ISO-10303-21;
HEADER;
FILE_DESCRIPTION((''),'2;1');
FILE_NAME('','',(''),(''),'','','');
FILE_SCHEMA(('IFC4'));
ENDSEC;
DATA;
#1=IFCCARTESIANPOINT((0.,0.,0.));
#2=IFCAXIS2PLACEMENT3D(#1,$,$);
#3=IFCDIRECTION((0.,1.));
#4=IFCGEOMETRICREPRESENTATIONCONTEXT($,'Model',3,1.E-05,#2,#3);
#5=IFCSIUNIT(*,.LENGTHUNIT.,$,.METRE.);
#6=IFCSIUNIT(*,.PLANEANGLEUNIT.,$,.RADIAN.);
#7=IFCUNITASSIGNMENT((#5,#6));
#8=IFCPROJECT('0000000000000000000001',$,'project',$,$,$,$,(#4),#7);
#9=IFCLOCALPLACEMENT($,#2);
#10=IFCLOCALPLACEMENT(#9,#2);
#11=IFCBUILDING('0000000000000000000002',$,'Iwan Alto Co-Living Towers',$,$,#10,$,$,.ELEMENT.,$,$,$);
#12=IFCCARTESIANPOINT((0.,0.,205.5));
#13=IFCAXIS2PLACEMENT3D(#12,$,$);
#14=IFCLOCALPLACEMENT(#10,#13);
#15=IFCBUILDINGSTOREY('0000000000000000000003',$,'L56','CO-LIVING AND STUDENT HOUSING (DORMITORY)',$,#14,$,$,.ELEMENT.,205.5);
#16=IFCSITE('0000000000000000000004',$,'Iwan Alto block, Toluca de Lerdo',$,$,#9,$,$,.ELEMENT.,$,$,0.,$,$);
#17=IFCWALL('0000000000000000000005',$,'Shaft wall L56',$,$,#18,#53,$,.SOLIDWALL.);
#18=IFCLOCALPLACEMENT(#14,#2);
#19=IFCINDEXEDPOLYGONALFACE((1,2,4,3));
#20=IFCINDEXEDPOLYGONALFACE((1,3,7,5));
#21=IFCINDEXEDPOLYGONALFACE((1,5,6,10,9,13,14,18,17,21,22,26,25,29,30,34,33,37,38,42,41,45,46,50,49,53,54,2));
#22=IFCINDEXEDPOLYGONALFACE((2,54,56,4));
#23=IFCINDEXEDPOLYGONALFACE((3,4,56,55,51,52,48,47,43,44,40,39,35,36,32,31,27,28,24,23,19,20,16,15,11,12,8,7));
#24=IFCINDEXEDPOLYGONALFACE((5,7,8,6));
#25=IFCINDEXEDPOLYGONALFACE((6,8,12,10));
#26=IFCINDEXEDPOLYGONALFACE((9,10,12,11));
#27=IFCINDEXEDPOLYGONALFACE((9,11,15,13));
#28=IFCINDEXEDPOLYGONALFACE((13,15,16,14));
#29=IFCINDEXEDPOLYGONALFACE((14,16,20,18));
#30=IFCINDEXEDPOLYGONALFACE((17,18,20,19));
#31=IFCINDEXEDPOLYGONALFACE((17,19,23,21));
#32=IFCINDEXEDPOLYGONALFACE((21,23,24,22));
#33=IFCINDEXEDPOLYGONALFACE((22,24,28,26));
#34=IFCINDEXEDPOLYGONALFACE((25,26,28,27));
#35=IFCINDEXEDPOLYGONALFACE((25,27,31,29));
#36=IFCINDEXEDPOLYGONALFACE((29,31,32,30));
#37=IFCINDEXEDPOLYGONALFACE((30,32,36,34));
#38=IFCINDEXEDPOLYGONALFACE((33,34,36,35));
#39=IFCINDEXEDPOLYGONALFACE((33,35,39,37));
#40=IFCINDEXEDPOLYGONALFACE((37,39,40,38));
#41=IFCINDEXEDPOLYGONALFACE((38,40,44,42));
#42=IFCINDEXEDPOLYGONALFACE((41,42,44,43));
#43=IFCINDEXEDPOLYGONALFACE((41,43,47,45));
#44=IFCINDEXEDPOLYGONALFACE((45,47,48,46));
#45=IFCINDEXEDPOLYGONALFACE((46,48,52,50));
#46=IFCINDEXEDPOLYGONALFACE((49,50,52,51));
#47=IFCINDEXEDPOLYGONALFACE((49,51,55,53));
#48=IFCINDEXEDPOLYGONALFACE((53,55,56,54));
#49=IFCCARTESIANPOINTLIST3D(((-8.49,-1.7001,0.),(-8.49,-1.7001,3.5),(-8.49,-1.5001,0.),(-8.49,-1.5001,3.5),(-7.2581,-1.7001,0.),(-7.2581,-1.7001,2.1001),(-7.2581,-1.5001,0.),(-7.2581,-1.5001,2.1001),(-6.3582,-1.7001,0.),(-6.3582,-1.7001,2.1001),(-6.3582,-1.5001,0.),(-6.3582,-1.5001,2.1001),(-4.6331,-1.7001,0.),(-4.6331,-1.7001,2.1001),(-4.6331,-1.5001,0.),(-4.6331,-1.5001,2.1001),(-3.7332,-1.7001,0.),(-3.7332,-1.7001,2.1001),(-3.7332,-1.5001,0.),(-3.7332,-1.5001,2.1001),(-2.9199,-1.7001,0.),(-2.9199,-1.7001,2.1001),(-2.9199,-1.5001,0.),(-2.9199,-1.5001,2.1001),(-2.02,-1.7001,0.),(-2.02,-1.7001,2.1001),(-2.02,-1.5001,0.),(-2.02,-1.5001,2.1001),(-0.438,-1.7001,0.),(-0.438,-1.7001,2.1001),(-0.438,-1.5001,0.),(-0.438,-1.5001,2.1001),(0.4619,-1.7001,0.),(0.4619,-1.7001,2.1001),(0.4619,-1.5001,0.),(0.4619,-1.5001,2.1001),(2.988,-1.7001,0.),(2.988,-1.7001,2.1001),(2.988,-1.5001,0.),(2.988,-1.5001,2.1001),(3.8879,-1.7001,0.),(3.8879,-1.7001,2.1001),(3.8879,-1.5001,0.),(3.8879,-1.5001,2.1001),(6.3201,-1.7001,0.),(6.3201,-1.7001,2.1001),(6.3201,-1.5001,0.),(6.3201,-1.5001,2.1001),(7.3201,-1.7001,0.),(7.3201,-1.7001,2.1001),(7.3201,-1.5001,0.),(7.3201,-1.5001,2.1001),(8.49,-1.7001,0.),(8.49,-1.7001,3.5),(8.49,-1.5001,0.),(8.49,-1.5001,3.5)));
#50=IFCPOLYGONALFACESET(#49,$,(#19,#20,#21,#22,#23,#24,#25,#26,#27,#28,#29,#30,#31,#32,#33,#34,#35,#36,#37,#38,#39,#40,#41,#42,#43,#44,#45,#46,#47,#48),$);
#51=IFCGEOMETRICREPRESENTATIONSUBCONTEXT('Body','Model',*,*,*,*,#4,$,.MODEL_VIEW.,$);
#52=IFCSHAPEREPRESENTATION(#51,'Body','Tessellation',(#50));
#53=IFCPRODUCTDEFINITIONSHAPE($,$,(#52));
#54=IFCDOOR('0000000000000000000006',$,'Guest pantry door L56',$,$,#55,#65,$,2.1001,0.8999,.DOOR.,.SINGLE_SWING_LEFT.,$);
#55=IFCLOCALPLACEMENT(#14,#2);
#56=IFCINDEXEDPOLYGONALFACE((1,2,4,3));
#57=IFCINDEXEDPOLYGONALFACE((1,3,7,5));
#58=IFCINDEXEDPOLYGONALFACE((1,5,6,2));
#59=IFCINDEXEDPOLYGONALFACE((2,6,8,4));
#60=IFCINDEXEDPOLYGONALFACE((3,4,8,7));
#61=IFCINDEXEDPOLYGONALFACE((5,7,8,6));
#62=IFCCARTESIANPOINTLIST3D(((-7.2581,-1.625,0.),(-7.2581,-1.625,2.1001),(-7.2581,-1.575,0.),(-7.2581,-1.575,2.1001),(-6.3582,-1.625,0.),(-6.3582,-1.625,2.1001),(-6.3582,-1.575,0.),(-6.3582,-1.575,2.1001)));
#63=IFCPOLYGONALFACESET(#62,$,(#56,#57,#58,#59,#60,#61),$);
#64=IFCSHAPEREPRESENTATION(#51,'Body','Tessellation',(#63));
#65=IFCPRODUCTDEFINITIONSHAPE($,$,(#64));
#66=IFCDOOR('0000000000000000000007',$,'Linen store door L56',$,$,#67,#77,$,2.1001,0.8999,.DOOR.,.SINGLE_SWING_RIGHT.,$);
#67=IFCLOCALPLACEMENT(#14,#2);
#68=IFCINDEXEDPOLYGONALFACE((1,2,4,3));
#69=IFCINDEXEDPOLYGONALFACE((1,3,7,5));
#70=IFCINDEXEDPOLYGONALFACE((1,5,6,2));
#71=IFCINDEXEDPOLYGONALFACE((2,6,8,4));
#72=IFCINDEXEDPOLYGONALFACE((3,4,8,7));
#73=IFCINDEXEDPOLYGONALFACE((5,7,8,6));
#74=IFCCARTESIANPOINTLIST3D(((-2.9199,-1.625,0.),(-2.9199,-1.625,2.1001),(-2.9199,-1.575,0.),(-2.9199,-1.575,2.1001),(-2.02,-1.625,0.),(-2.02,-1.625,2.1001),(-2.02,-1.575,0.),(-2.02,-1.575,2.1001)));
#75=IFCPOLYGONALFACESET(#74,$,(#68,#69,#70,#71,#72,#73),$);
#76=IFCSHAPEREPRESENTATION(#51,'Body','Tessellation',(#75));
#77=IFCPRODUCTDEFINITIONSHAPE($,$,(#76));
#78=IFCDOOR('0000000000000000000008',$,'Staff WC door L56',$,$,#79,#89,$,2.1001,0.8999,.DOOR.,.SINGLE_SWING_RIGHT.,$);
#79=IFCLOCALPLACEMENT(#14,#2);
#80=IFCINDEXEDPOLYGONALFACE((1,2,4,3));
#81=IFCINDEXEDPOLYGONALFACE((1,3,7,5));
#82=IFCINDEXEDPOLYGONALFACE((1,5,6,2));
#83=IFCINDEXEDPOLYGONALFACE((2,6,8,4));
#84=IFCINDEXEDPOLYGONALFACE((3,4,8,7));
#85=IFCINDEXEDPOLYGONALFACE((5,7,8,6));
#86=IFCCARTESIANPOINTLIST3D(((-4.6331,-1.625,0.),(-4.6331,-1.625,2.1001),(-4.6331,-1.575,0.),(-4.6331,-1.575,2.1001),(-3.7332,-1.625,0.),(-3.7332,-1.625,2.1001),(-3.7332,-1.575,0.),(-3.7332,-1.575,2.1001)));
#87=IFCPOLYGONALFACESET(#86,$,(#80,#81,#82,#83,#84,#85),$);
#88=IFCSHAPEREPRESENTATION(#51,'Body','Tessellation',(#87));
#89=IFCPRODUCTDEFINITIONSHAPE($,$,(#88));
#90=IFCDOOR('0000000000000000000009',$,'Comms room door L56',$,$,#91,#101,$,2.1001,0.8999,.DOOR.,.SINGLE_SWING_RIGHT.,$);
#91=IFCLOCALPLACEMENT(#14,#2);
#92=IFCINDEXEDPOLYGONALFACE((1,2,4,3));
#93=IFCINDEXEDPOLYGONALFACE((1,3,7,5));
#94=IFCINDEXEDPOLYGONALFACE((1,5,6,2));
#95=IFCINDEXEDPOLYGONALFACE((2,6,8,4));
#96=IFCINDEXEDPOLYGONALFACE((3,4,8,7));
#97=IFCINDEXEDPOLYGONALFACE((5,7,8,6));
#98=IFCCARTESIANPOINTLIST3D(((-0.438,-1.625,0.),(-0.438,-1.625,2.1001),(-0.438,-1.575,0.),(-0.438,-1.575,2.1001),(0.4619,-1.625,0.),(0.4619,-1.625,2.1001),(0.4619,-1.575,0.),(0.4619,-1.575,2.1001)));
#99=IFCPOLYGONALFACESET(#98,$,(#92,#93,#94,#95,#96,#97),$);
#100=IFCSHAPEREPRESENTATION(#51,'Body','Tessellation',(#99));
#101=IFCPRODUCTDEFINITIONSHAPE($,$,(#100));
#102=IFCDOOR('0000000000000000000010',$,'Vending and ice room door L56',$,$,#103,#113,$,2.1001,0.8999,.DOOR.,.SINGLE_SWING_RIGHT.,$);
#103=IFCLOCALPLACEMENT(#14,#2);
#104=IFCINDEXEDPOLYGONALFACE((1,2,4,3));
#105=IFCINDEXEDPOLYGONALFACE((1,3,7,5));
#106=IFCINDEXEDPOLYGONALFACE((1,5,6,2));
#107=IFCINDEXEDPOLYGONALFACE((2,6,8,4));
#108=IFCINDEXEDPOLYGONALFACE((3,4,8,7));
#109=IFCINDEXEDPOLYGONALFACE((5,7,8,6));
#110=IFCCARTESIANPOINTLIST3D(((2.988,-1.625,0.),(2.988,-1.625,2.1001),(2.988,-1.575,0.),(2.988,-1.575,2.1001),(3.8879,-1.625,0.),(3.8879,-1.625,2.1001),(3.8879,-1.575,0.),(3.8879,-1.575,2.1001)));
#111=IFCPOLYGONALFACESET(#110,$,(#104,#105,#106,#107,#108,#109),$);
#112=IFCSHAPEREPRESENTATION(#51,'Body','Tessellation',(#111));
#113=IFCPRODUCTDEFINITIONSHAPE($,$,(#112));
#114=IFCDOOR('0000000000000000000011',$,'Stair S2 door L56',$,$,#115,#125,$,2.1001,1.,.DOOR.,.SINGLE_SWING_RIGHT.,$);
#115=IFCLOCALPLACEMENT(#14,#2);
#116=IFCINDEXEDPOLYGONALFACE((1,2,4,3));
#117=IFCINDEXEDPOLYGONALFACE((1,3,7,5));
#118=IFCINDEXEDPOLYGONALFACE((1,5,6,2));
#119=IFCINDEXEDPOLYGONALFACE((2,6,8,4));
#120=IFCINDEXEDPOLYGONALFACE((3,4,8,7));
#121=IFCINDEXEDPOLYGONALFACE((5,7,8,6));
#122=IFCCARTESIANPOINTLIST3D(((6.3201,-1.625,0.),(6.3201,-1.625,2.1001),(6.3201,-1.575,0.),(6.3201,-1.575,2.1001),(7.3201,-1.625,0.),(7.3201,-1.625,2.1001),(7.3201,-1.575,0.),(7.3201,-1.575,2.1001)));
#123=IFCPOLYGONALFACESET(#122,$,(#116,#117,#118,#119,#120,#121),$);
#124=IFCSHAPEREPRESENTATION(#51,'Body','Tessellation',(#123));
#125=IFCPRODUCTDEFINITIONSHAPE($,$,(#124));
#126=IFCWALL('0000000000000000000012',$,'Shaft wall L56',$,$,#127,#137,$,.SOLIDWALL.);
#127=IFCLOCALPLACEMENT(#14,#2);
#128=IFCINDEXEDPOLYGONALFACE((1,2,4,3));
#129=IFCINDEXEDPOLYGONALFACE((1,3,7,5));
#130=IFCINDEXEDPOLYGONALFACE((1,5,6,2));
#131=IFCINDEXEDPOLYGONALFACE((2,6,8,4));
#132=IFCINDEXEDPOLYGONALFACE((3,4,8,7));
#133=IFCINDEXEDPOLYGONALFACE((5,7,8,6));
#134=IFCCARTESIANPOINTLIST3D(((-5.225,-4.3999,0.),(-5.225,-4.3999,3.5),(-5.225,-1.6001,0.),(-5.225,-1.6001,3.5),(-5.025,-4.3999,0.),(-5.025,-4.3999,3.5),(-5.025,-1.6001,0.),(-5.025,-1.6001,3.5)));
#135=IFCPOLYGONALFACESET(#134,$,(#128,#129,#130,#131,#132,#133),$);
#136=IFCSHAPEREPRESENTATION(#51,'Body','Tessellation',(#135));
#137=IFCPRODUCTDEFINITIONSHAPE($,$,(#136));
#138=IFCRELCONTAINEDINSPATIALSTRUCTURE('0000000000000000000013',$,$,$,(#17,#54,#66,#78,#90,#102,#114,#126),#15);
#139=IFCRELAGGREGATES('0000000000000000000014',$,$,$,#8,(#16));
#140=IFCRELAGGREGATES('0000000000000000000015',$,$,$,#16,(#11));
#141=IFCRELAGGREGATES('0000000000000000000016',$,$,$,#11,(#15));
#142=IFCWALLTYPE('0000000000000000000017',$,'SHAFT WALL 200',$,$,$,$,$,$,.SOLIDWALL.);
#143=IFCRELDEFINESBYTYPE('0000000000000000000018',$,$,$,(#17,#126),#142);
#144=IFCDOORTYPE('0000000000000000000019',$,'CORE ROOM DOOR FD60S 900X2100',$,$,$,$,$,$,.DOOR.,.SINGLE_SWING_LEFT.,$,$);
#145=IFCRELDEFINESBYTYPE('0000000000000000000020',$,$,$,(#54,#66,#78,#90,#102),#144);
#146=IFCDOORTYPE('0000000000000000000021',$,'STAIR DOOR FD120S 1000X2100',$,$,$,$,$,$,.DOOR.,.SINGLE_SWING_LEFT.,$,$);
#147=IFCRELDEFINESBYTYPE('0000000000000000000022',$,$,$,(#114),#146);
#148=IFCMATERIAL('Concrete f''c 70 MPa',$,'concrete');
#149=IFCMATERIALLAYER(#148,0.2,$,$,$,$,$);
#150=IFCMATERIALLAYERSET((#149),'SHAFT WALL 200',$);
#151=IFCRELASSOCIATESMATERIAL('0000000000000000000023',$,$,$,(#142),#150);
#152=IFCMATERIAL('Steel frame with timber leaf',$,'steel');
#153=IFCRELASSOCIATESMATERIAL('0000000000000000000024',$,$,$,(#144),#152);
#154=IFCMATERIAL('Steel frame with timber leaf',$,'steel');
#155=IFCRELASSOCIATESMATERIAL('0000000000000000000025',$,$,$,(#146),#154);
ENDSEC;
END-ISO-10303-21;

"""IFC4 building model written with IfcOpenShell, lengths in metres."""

from ifc_helpers import new_model, si_unit, direction, frame, frame_2d, origin, place, context, subcontext, project, spatial, rectangle, extrude, material, layer, layer_set, type_object, element, fill, save


model = new_model("IFC4")

# Units and contexts
model_context = context("Model", 3, precision=1e-05, world=origin(), true_north=direction((0.0, 1.0)))
body_context = subcontext(model_context, "Body", "Model", "MODEL_VIEW")
ifc_project = project(units=[si_unit("LENGTHUNIT", "METRE"), si_unit("PLANEANGLEUNIT", "RADIAN")], contexts=[model_context])

# Site, building, storey
site_placement = place(None, origin())
site = spatial("IfcSite", under=ifc_project, at=site_placement, Name="Iwan Alto block, Toluca de Lerdo", CompositionType="ELEMENT", RefElevation=0.0)
building_placement = place(site_placement, origin())
building = spatial("IfcBuilding", under=site, at=building_placement, Name="Iwan Alto Co-Living Towers", CompositionType="ELEMENT")
storey_placement = place(building_placement, frame((0.0, 0.0, 205.5)))
storey = spatial("IfcBuildingStorey", under=building, at=storey_placement, Name="L56", Description="CO-LIVING AND STUDENT HOUSING (DORMITORY)", CompositionType="ELEMENT", Elevation=205.5)

# Shared definitions
ifc_material_1 = material(Name="Concrete f'c 70 MPa", Category="concrete")
ifc_layer_1 = layer(ifc_material_1, 0.2)
ifc_layer_set_1 = layer_set([ifc_layer_1], Name="SHAFT WALL 200")
wall_type_1 = type_object("IfcWallType", Name="SHAFT WALL 200", PredefinedType="SOLIDWALL", material=ifc_layer_set_1)

# Wall, openings, doors
wall_1_placement = place(storey_placement, frame((-8.49, -1.6001, 0.0), z_axis=(0.0, 0.0, 1.0), x_axis=(1.0, 0.0, 0.0)))
wall_1 = element("IfcWall", 1, at=wall_1_placement, inside=storey, type_object=wall_type_1, Name="Shaft wall L56", PredefinedType="SOLIDWALL", context=body_context, shape_type="SweptSolid", body=[
    extrude(rectangle(XDim=16.98, YDim=0.2, at=frame_2d((8.49, 0.0))), origin(), (0.0, 0.0, 1.0), 3.5),
])
opening_1_placement = place(wall_1_placement, frame((14.8101, 0.0, 0.0)))
opening_1 = element("IfcOpeningElement", 2, at=opening_1_placement, cuts=wall_1, PredefinedType="OPENING", context=body_context, shape_type="SweptSolid", body=[
    extrude(rectangle(XDim=1.0, YDim=2.1001, at=frame_2d((0.5, 1.05))), frame((0.0, 0.1099, 0.0), z_axis=(0.0, -1.0, 0.0), x_axis=(1.0, 0.0, 0.0)), (0.0, 0.0, 1.0), 0.22),
])
opening_2_placement = place(wall_1_placement, frame((1.2319, 0.0, 0.0)))
opening_2 = element("IfcOpeningElement", 3, at=opening_2_placement, cuts=wall_1, PredefinedType="OPENING", context=body_context, shape_type="SweptSolid", body=[
    extrude(rectangle(XDim=0.8999, YDim=2.1001, at=frame_2d((0.45, 1.05))), frame((0.0, 0.1099, 0.0), z_axis=(0.0, -1.0, 0.0), x_axis=(1.0, 0.0, 0.0)), (0.0, 0.0, 1.0), 0.22),
])
opening_3_placement = place(wall_1_placement, frame((5.5701, 0.0, 0.0)))
opening_3 = element("IfcOpeningElement", 4, at=opening_3_placement, cuts=wall_1, PredefinedType="OPENING", context=body_context, shape_type="SweptSolid", body=[
    extrude(rectangle(XDim=0.8999, YDim=2.1001, at=frame_2d((0.45, 1.05))), frame((0.0, 0.1099, 0.0), z_axis=(0.0, -1.0, 0.0), x_axis=(1.0, 0.0, 0.0)), (0.0, 0.0, 1.0), 0.22),
])
opening_4_placement = place(wall_1_placement, frame((3.8569, 0.0, 0.0)))
opening_4 = element("IfcOpeningElement", 5, at=opening_4_placement, cuts=wall_1, PredefinedType="OPENING", context=body_context, shape_type="SweptSolid", body=[
    extrude(rectangle(XDim=0.8999, YDim=2.1001, at=frame_2d((0.45, 1.05))), frame((0.0, 0.1099, 0.0), z_axis=(0.0, -1.0, 0.0), x_axis=(1.0, 0.0, 0.0)), (0.0, 0.0, 1.0), 0.22),
])
opening_5_placement = place(wall_1_placement, frame((8.052, 0.0, 0.0)))
opening_5 = element("IfcOpeningElement", 6, at=opening_5_placement, cuts=wall_1, PredefinedType="OPENING", context=body_context, shape_type="SweptSolid", body=[
    extrude(rectangle(XDim=0.8999, YDim=2.1001, at=frame_2d((0.45, 1.05))), frame((0.0, 0.1099, 0.0), z_axis=(0.0, -1.0, 0.0), x_axis=(1.0, 0.0, 0.0)), (0.0, 0.0, 1.0), 0.22),
])
opening_6_placement = place(wall_1_placement, frame((11.478, 0.0, 0.0)))
opening_6 = element("IfcOpeningElement", 7, at=opening_6_placement, cuts=wall_1, PredefinedType="OPENING", context=body_context, shape_type="SweptSolid", body=[
    extrude(rectangle(XDim=0.8999, YDim=2.1001, at=frame_2d((0.45, 1.05))), frame((0.0, 0.1099, 0.0), z_axis=(0.0, -1.0, 0.0), x_axis=(1.0, 0.0, 0.0)), (0.0, 0.0, 1.0), 0.22),
])
ifc_material_2 = material(Name="Steel frame with timber leaf", Category="steel")
door_type_1 = type_object("IfcDoorType", Name="CORE ROOM DOOR FD60S 900X2100", OperationType="SINGLE_SWING_LEFT", PredefinedType="DOOR", material=ifc_material_2)
door_1_placement = place(opening_2_placement, frame((0.8999, 0.0, 0.0), z_axis=(0.0, 0.0, 1.0), x_axis=(-1.0, 0.0, 0.0)))
door_1 = element("IfcDoor", 8, at=door_1_placement, inside=storey, type_object=door_type_1, Name="Guest pantry door L56", OperationType="SINGLE_SWING_LEFT", OverallHeight=2.1001, OverallWidth=0.8999, PredefinedType="DOOR", context=body_context, shape_type="SweptSolid", body=[
    extrude(rectangle(XDim=0.8999, YDim=2.1001, at=frame_2d((0.45, 1.05))), frame((0.0, 0.0249, 0.0), z_axis=(0.0, -1.0, 0.0), x_axis=(1.0, 0.0, 0.0)), (0.0, 0.0, 1.0), 0.05),
])
fill(opening_2, door_1)
door_2_placement = place(opening_3_placement, frame((0.8999, 0.0, 0.0), z_axis=(0.0, 0.0, 1.0), x_axis=(-1.0, 0.0, 0.0)))
door_2 = element("IfcDoor", 9, at=door_2_placement, inside=storey, type_object=door_type_1, Name="Linen store door L56", OperationType="SINGLE_SWING_RIGHT", OverallHeight=2.1001, OverallWidth=0.8999, PredefinedType="DOOR", context=body_context, shape_type="SweptSolid", body=[
    extrude(rectangle(XDim=0.8999, YDim=2.1001, at=frame_2d((0.45, 1.05))), frame((0.0, 0.0249, 0.0), z_axis=(0.0, -1.0, 0.0), x_axis=(1.0, 0.0, 0.0)), (0.0, 0.0, 1.0), 0.05),
])
fill(opening_3, door_2)
door_3_placement = place(opening_4_placement, frame((0.8999, 0.0, 0.0), z_axis=(0.0, 0.0, 1.0), x_axis=(-1.0, 0.0, 0.0)))
door_3 = element("IfcDoor", 10, at=door_3_placement, inside=storey, type_object=door_type_1, Name="Staff WC door L56", OperationType="SINGLE_SWING_RIGHT", OverallHeight=2.1001, OverallWidth=0.8999, PredefinedType="DOOR", context=body_context, shape_type="SweptSolid", body=[
    extrude(rectangle(XDim=0.8999, YDim=2.1001, at=frame_2d((0.45, 1.05))), frame((0.0, 0.0249, 0.0), z_axis=(0.0, -1.0, 0.0), x_axis=(1.0, 0.0, 0.0)), (0.0, 0.0, 1.0), 0.05),
])
fill(opening_4, door_3)
door_4_placement = place(opening_5_placement, frame((0.8999, 0.0, 0.0), z_axis=(0.0, 0.0, 1.0), x_axis=(-1.0, 0.0, 0.0)))
door_4 = element("IfcDoor", 11, at=door_4_placement, inside=storey, type_object=door_type_1, Name="Comms room door L56", OperationType="SINGLE_SWING_RIGHT", OverallHeight=2.1001, OverallWidth=0.8999, PredefinedType="DOOR", context=body_context, shape_type="SweptSolid", body=[
    extrude(rectangle(XDim=0.8999, YDim=2.1001, at=frame_2d((0.45, 1.05))), frame((0.0, 0.0249, 0.0), z_axis=(0.0, -1.0, 0.0), x_axis=(1.0, 0.0, 0.0)), (0.0, 0.0, 1.0), 0.05),
])
fill(opening_5, door_4)
door_5_placement = place(opening_6_placement, frame((0.8999, 0.0, 0.0), z_axis=(0.0, 0.0, 1.0), x_axis=(-1.0, 0.0, 0.0)))
door_5 = element("IfcDoor", 12, at=door_5_placement, inside=storey, type_object=door_type_1, Name="Vending and ice room door L56", OperationType="SINGLE_SWING_RIGHT", OverallHeight=2.1001, OverallWidth=0.8999, PredefinedType="DOOR", context=body_context, shape_type="SweptSolid", body=[
    extrude(rectangle(XDim=0.8999, YDim=2.1001, at=frame_2d((0.45, 1.05))), frame((0.0, 0.0249, 0.0), z_axis=(0.0, -1.0, 0.0), x_axis=(1.0, 0.0, 0.0)), (0.0, 0.0, 1.0), 0.05),
])
fill(opening_6, door_5)
ifc_material_3 = material(Name="Steel frame with timber leaf", Category="steel")
door_type_2 = type_object("IfcDoorType", Name="STAIR DOOR FD120S 1000X2100", OperationType="SINGLE_SWING_LEFT", PredefinedType="DOOR", material=ifc_material_3)
door_6_placement = place(opening_1_placement, frame((1.0, 0.0, 0.0), z_axis=(0.0, 0.0, 1.0), x_axis=(-1.0, 0.0, 0.0)))
door_6 = element("IfcDoor", 13, at=door_6_placement, inside=storey, type_object=door_type_2, Name="Stair S2 door L56", OperationType="SINGLE_SWING_RIGHT", OverallHeight=2.1001, OverallWidth=1.0, PredefinedType="DOOR", context=body_context, shape_type="SweptSolid", body=[
    extrude(rectangle(XDim=1.0, YDim=2.1001, at=frame_2d((0.5, 1.05))), frame((0.0, 0.0249, 0.0), z_axis=(0.0, -1.0, 0.0), x_axis=(1.0, 0.0, 0.0)), (0.0, 0.0, 1.0), 0.05),
])
fill(opening_1, door_6)

# Wall
wall_2_placement = place(storey_placement, frame((-5.125, -4.3999, 0.0), z_axis=(0.0, 0.0, 1.0), x_axis=(0.0, 1.0, 0.0)))
element("IfcWall", 14, at=wall_2_placement, inside=storey, type_object=wall_type_1, Name="Shaft wall L56", PredefinedType="SOLIDWALL", context=body_context, shape_type="SweptSolid", body=[
    extrude(rectangle(XDim=2.7998, YDim=0.2, at=frame_2d((1.3999, 0.0))), origin(), (0.0, 0.0, 1.0), 3.5),
])

save(model, "model.ifc")
